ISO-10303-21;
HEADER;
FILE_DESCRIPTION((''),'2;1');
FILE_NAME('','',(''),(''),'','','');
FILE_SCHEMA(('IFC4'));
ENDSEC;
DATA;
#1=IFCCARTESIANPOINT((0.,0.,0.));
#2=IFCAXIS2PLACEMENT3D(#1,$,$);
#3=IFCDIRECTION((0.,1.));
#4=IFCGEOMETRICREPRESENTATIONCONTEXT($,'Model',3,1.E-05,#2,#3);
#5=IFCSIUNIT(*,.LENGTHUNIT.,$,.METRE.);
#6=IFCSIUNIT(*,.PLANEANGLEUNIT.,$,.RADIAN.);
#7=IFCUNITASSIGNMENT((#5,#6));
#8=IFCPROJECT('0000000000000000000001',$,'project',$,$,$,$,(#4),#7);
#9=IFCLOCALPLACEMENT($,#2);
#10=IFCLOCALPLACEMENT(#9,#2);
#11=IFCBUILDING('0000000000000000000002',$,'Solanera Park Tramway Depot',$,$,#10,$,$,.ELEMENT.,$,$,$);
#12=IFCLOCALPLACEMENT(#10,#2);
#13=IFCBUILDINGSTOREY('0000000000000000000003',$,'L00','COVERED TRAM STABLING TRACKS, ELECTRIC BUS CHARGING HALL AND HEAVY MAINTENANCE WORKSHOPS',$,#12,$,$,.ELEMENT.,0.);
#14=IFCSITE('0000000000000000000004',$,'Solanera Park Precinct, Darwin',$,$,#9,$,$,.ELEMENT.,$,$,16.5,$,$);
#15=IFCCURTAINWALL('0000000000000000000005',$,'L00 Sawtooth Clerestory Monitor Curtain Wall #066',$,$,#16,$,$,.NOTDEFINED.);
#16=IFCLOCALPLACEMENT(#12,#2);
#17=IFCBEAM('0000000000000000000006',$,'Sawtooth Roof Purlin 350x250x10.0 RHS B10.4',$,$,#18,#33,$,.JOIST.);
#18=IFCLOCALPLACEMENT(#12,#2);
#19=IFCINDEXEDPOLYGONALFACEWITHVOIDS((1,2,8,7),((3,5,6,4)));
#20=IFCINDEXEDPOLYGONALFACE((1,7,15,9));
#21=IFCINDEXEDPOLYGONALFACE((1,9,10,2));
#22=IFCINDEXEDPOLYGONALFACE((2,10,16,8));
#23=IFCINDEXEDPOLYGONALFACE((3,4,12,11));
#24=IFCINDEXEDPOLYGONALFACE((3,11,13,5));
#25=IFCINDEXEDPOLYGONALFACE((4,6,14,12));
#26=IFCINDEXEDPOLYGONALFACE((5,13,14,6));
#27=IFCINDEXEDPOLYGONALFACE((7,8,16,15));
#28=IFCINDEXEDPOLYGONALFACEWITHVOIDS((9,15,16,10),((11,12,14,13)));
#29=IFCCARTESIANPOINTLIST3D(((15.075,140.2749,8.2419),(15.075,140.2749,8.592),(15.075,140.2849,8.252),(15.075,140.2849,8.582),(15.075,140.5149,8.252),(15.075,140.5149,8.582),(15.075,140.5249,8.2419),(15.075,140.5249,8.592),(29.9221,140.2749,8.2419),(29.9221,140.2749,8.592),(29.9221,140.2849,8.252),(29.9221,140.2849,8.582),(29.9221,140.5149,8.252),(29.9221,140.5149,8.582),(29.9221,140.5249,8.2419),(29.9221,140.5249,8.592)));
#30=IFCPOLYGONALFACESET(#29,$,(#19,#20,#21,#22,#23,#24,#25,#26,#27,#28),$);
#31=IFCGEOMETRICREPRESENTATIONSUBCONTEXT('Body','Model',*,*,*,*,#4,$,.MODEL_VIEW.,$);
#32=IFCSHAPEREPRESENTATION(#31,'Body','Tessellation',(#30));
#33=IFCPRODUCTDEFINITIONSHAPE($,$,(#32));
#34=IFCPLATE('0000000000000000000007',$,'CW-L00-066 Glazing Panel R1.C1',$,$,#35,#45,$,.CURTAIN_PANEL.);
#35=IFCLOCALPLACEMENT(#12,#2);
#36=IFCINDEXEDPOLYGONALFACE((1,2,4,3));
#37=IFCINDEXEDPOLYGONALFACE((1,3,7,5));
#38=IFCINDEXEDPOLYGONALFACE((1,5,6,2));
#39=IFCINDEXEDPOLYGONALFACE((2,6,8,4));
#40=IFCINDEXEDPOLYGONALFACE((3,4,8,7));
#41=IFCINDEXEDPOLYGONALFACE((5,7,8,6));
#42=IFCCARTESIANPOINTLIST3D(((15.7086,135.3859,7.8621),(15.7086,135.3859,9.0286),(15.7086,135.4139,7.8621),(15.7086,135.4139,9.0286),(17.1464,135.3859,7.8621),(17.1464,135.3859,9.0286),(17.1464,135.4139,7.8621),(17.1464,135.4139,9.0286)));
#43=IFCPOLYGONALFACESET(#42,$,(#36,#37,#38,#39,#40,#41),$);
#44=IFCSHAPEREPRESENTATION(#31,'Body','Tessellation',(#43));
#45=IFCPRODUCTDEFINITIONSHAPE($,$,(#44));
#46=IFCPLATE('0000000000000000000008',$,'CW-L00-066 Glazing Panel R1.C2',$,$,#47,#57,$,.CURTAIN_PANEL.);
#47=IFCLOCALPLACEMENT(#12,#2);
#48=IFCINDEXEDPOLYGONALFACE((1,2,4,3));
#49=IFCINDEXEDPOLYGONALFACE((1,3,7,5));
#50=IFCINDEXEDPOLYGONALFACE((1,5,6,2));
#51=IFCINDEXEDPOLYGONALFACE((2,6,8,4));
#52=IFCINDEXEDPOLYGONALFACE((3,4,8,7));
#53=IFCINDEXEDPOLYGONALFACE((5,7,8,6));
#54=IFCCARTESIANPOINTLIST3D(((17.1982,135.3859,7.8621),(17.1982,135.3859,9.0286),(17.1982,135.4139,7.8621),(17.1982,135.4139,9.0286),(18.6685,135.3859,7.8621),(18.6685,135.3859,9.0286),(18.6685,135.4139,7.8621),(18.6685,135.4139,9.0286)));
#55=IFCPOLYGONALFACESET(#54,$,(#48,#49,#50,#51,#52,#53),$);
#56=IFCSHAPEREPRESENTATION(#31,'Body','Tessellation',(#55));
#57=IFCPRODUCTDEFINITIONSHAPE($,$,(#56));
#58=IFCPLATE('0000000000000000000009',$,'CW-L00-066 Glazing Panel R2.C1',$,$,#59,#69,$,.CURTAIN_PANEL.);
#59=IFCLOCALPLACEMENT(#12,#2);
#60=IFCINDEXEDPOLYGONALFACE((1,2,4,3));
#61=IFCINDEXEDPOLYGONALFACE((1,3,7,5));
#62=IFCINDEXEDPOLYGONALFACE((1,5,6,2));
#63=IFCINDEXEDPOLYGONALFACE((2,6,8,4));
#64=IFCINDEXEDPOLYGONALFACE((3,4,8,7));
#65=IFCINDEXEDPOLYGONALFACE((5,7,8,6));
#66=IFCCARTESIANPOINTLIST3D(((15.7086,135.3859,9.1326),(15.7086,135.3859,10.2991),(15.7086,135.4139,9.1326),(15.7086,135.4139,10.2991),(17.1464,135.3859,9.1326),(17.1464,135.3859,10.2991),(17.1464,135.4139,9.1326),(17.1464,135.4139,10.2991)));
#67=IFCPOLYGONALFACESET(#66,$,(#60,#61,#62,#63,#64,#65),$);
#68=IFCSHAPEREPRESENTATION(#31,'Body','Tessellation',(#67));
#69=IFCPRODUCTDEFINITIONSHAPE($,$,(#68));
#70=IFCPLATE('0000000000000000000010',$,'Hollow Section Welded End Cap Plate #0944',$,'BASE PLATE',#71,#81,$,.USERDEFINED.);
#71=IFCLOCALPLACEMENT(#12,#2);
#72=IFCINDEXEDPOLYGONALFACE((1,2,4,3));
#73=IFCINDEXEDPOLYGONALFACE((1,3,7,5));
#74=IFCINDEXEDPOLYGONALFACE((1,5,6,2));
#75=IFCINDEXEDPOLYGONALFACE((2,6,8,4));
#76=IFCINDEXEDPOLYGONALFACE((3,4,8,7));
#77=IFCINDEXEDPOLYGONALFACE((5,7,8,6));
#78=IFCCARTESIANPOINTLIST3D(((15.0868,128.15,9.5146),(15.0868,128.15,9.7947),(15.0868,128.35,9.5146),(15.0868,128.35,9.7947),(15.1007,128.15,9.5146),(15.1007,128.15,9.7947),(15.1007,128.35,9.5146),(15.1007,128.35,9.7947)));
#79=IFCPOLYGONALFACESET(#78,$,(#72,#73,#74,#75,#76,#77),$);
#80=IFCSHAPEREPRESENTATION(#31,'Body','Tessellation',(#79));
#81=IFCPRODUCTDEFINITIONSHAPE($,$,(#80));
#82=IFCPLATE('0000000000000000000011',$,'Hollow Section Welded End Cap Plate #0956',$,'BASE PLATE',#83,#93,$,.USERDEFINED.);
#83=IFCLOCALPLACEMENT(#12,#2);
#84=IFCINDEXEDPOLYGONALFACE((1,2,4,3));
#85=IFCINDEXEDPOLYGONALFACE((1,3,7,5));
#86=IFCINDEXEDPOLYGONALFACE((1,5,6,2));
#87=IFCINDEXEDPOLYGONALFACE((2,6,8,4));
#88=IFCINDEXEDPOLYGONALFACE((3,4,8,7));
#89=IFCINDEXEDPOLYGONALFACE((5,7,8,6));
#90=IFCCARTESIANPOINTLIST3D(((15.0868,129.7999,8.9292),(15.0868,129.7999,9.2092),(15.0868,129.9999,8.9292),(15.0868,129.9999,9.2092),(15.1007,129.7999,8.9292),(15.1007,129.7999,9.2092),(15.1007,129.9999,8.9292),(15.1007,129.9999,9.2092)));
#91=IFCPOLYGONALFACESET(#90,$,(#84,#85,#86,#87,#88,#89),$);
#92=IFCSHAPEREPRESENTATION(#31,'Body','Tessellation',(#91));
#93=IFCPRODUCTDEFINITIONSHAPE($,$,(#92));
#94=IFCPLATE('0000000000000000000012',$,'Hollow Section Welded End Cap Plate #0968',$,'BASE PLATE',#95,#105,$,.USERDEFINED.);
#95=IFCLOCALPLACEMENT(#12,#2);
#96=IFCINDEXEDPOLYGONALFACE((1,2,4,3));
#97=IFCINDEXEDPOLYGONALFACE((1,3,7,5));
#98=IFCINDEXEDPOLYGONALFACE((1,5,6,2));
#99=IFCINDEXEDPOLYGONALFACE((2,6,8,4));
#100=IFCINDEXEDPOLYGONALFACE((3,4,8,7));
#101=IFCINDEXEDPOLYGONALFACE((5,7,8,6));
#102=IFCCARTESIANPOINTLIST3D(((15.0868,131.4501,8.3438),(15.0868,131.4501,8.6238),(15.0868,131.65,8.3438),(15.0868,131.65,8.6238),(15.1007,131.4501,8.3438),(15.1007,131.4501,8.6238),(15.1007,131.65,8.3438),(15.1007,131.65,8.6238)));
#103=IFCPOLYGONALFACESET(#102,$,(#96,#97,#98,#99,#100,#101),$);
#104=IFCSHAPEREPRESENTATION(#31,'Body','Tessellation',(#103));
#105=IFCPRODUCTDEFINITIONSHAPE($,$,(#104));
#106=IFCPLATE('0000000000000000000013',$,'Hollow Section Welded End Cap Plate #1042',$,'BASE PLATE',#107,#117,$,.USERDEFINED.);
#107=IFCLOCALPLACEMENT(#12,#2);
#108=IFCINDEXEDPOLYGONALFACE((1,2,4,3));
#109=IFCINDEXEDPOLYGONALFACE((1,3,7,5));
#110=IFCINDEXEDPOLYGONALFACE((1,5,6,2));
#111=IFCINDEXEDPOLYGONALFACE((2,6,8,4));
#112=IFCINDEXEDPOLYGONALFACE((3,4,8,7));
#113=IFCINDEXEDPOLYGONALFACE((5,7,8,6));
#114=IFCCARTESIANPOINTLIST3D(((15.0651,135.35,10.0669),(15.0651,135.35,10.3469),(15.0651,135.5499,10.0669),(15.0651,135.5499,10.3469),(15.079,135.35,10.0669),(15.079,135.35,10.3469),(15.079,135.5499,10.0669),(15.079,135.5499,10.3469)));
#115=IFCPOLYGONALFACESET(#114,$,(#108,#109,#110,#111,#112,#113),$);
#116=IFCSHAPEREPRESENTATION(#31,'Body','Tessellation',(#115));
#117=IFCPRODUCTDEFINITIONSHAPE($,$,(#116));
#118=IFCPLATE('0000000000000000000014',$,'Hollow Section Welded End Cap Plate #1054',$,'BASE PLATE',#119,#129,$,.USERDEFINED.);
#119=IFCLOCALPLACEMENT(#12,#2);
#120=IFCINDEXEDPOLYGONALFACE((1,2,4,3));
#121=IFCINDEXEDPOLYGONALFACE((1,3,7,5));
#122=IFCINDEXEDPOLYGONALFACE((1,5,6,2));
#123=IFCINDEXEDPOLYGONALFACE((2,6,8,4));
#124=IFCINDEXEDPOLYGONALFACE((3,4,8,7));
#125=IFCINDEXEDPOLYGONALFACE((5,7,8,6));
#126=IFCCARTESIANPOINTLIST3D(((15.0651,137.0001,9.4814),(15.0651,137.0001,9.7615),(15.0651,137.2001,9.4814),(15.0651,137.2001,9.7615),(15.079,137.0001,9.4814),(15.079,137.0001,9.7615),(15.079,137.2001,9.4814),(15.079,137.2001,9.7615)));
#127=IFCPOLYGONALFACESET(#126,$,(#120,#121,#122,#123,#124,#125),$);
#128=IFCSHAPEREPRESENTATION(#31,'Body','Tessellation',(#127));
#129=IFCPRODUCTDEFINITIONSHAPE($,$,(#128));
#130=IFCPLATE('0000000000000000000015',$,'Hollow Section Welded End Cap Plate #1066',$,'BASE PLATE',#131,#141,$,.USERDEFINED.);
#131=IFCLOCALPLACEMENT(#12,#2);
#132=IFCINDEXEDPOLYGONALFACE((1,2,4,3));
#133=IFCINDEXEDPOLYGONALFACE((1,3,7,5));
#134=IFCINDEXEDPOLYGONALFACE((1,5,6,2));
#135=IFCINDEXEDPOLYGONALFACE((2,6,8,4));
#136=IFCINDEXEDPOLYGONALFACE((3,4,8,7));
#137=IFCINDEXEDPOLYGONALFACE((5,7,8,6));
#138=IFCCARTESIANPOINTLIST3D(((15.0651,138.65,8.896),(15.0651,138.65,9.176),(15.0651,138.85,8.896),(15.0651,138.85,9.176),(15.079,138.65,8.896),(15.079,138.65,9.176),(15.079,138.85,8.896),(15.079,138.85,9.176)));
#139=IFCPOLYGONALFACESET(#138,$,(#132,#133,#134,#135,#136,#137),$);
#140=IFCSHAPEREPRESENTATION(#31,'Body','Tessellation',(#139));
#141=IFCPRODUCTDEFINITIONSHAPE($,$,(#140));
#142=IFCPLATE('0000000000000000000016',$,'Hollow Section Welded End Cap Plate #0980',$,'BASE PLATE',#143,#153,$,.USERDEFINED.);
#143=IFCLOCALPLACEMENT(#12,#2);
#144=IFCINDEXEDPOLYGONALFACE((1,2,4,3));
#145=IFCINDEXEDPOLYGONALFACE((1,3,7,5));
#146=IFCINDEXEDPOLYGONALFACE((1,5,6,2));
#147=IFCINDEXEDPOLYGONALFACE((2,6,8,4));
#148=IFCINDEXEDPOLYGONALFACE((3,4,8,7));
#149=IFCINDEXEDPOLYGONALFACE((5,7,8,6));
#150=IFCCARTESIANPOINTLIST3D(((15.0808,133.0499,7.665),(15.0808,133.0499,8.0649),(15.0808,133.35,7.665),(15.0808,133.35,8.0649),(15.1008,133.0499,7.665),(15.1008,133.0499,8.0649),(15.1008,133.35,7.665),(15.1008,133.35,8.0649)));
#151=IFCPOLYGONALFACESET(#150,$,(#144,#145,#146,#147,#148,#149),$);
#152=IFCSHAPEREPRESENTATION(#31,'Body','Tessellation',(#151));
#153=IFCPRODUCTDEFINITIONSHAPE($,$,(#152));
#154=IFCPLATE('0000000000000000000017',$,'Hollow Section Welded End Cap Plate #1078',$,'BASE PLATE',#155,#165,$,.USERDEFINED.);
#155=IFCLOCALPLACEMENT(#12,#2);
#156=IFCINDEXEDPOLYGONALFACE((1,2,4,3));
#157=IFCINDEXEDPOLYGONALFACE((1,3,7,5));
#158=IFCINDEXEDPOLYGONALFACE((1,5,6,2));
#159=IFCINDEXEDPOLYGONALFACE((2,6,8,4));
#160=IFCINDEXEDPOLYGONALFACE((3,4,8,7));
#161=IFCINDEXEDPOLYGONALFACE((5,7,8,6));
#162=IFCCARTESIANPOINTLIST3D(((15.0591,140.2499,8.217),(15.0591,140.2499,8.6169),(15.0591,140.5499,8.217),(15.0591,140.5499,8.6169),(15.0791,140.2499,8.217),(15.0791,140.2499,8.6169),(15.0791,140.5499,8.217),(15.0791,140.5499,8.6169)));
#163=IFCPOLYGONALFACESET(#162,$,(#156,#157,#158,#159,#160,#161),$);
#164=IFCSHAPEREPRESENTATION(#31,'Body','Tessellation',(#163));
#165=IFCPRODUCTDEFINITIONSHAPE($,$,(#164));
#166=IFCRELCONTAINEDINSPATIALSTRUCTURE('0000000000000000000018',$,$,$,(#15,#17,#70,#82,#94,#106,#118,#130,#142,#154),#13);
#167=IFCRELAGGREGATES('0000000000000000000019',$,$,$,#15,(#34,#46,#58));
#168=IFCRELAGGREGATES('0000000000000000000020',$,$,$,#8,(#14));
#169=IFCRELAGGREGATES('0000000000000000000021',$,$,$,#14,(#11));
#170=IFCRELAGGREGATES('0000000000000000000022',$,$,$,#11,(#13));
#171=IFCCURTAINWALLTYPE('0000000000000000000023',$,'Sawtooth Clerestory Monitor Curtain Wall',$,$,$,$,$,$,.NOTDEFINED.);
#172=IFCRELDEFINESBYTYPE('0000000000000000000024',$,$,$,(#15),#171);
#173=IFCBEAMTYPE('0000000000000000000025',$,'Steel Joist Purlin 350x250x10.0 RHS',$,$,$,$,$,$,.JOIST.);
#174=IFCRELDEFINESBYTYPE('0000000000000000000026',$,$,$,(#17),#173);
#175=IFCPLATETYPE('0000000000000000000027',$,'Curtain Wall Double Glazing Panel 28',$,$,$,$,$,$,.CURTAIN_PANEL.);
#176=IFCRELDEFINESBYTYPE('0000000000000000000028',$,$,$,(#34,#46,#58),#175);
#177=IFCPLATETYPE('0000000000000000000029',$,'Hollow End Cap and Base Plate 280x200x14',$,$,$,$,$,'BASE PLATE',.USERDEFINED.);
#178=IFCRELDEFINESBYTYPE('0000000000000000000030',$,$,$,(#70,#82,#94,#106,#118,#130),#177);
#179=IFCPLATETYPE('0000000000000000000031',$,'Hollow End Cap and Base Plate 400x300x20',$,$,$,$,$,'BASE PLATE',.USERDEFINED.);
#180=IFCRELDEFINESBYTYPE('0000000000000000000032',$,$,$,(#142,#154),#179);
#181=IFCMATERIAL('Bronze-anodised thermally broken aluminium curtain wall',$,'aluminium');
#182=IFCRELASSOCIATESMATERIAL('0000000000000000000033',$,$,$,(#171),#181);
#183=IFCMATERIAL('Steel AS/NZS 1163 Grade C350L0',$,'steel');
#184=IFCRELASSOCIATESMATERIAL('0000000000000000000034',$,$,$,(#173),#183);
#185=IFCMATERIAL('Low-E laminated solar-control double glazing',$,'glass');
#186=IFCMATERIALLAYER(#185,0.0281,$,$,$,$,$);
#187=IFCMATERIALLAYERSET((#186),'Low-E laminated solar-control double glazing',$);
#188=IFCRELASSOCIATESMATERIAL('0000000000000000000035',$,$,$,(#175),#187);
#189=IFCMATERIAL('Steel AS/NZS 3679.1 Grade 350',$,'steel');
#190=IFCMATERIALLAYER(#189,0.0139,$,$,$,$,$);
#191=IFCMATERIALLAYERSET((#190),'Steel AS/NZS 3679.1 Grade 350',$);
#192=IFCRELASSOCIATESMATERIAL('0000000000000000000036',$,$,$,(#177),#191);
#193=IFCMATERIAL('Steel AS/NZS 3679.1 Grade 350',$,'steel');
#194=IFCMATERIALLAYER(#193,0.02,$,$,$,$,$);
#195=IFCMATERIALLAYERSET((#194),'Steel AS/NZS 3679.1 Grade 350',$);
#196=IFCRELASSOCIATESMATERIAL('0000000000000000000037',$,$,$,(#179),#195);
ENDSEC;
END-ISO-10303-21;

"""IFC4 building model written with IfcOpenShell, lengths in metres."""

from ifc_helpers import new_model, si_unit, direction, frame, origin, origin_2d, place, context, subcontext, project, spatial, rectangle, hollow_rectangle, extrude, material, layer, layer_set, material_profile, profile_set, type_object, element, aggregate, save


model = new_model("IFC4")

# Units and contexts
model_context = context("Model", 3, precision=1e-05, world=origin(), true_north=direction((0.0, 1.0)))
body_context = subcontext(model_context, "Body", "Model", "MODEL_VIEW")
ifc_project = project(units=[si_unit("LENGTHUNIT", "METRE"), si_unit("PLANEANGLEUNIT", "RADIAN")], contexts=[model_context])

# Site, building, storey
site_placement = place(None, origin())
site = spatial("IfcSite", under=ifc_project, at=site_placement, Name="Solanera Park Precinct, Darwin", CompositionType="ELEMENT", RefElevation=16.5)
building_placement = place(site_placement, origin())
building = spatial("IfcBuilding", under=site, at=building_placement, Name="Solanera Park Tramway Depot", CompositionType="ELEMENT")
storey_placement = place(building_placement, origin())
storey = spatial("IfcBuildingStorey", under=building, at=storey_placement, Name="L00", Description="COVERED TRAM STABLING TRACKS, ELECTRIC BUS CHARGING HALL AND HEAVY MAINTENANCE WORKSHOPS", CompositionType="ELEMENT", Elevation=0.0)

# Curtain wall
ifc_material_1 = material(Name="Bronze-anodised thermally broken aluminium curtain wall", Category="aluminium")
curtain_wall_type = type_object("IfcCurtainWallType", Name="Sawtooth Clerestory Monitor Curtain Wall", PredefinedType="NOTDEFINED", material=ifc_material_1)
curtain_wall_placement = place(storey_placement, origin())
curtain_wall = element("IfcCurtainWall", 1, at=curtain_wall_placement, inside=storey, type_object=curtain_wall_type, Name="L00 Sawtooth Clerestory Monitor Curtain Wall #066", PredefinedType="NOTDEFINED")

# Beam
ifc_material_2 = material(Name="Steel AS/NZS 1163 Grade C350L0", Category="steel")
ifc_material_profile_1 = material_profile(ifc_material_2, hollow_rectangle(XDim=0.25, YDim=0.3501, WallThickness=0.01, at=origin_2d()), Name="350x250x10.0 RHS")
ifc_profile_set_1 = profile_set([ifc_material_profile_1], Name="Steel AS/NZS 1163 Grade C350L0")
beam_type_1 = type_object("IfcBeamType", Name="Steel Joist Purlin 350x250x10.0 RHS", PredefinedType="JOIST", material=ifc_profile_set_1)
beam_1_placement = place(storey_placement, frame((15.075, 140.3999, 8.417), z_axis=(1.0, 0.0, 0.0), x_axis=(0.0, 1.0, 0.0)))
element("IfcBeam", 2, at=beam_1_placement, inside=storey, type_object=beam_type_1, Name="Sawtooth Roof Purlin 350x250x10.0 RHS B10.4", PredefinedType="JOIST", context=body_context, shape_type="SweptSolid", body=[
    extrude(hollow_rectangle(XDim=0.25, YDim=0.3501, WallThickness=0.01, at=origin_2d()), origin(), (0.0, 0.0, 1.0), 14.8472),
])

# Plates
ifc_material_3 = material(Name="Low-E laminated solar-control double glazing", Category="glass")
ifc_layer_1 = layer(ifc_material_3, 0.0281)
ifc_layer_set_1 = layer_set([ifc_layer_1], Name="Low-E laminated solar-control double glazing")
plate_type_1 = type_object("IfcPlateType", Name="Curtain Wall Double Glazing Panel 28", PredefinedType="CURTAIN_PANEL", material=ifc_layer_set_1)
plate_1_placement = place(storey_placement, frame((16.4275, 135.3999, 7.8621), z_axis=(0.0, 0.0, 1.0), x_axis=(1.0, 0.0, 0.0)))
plate_1 = element("IfcPlate", 3, at=plate_1_placement, type_object=plate_type_1, Name="CW-L00-066 Glazing Panel R1.C1", PredefinedType="CURTAIN_PANEL", context=body_context, shape_type="SweptSolid", body=[
    extrude(rectangle(XDim=1.4377, YDim=0.0281, at=origin_2d()), origin(), (0.0, 0.0, 1.0), 1.1665),
])
plate_2_placement = place(storey_placement, frame((17.9333, 135.3999, 7.8621), z_axis=(0.0, 0.0, 1.0), x_axis=(1.0, 0.0, 0.0)))
plate_2 = element("IfcPlate", 4, at=plate_2_placement, type_object=plate_type_1, Name="CW-L00-066 Glazing Panel R1.C2", PredefinedType="CURTAIN_PANEL", context=body_context, shape_type="SweptSolid", body=[
    extrude(rectangle(XDim=1.4702, YDim=0.0281, at=origin_2d()), origin(), (0.0, 0.0, 1.0), 1.1665),
])
plate_3_placement = place(storey_placement, frame((16.4275, 135.3999, 9.1326), z_axis=(0.0, 0.0, 1.0), x_axis=(1.0, 0.0, 0.0)))
plate_3 = element("IfcPlate", 5, at=plate_3_placement, type_object=plate_type_1, Name="CW-L00-066 Glazing Panel R2.C1", PredefinedType="CURTAIN_PANEL", context=body_context, shape_type="SweptSolid", body=[
    extrude(rectangle(XDim=1.4377, YDim=0.0281, at=origin_2d()), origin(), (0.0, 0.0, 1.0), 1.1665),
])
aggregate(curtain_wall, [plate_1, plate_2, plate_3])

# Plates
ifc_material_4 = material(Name="Steel AS/NZS 3679.1 Grade 350", Category="steel")
ifc_layer_2 = layer(ifc_material_4, 0.0139)
ifc_layer_set_2 = layer_set([ifc_layer_2], Name="Steel AS/NZS 3679.1 Grade 350")
plate_type_2 = type_object("IfcPlateType", Name="Hollow End Cap and Base Plate 280x200x14", ElementType="BASE PLATE", PredefinedType="USERDEFINED", material=ifc_layer_set_2)
for number, where, z_axis, x_axis, name in (
    (6, (15.0938, 128.25, 9.5146), (0.0, 0.0, 1.0), (1.0, 0.0, 0.0), "Hollow Section Welded End Cap Plate #0944"),
    (7, (15.0938, 129.8999, 8.9292), (0.0, 0.0, 1.0), (1.0, 0.0, 0.0), "Hollow Section Welded End Cap Plate #0956"),
    (8, (15.0938, 131.55, 8.3438), (0.0, 0.0, 1.0), (1.0, 0.0, 0.0), "Hollow Section Welded End Cap Plate #0968"),
    (9, (15.072, 135.45, 10.0669), (0.0, 0.0, 1.0), (1.0, 0.0, 0.0), "Hollow Section Welded End Cap Plate #1042"),
    (10, (15.072, 137.1001, 9.4814), (0.0, 0.0, 1.0), (1.0, 0.0, 0.0), "Hollow Section Welded End Cap Plate #1054"),
    (11, (15.072, 138.75, 8.896), (0.0, 0.0, 1.0), (1.0, 0.0, 0.0), "Hollow Section Welded End Cap Plate #1066"),
):
    element("IfcPlate", number, at=place(storey_placement, frame(where, z_axis=z_axis, x_axis=x_axis)), inside=storey, type_object=plate_type_2, Name=name, ObjectType="BASE PLATE", PredefinedType="USERDEFINED", context=body_context, shape_type="SweptSolid", body=[
        extrude(rectangle(XDim=0.0139, YDim=0.2, at=origin_2d()), origin(), (0.0, 0.0, 1.0), 0.28),
    ])
ifc_material_5 = material(Name="Steel AS/NZS 3679.1 Grade 350", Category="steel")
ifc_layer_3 = layer(ifc_material_5, 0.02)
ifc_layer_set_3 = layer_set([ifc_layer_3], Name="Steel AS/NZS 3679.1 Grade 350")
plate_type_3 = type_object("IfcPlateType", Name="Hollow End Cap and Base Plate 400x300x20", ElementType="BASE PLATE", PredefinedType="USERDEFINED", material=ifc_layer_set_3)
for number, where, z_axis, x_axis, name in (
    (12, (15.0908, 133.2, 7.665), (0.0, 0.0, 1.0), (1.0, 0.0, 0.0), "Hollow Section Welded End Cap Plate #0980"),
    (13, (15.0691, 140.3999, 8.217), (0.0, 0.0, 1.0), (1.0, 0.0, 0.0), "Hollow Section Welded End Cap Plate #1078"),
):
    element("IfcPlate", number, at=place(storey_placement, frame(where, z_axis=z_axis, x_axis=x_axis)), inside=storey, type_object=plate_type_3, Name=name, ObjectType="BASE PLATE", PredefinedType="USERDEFINED", context=body_context, shape_type="SweptSolid", body=[
        extrude(rectangle(XDim=0.02, YDim=0.3, at=origin_2d()), origin(), (0.0, 0.0, 1.0), 0.3999),
    ])

save(model, "model.ifc")
